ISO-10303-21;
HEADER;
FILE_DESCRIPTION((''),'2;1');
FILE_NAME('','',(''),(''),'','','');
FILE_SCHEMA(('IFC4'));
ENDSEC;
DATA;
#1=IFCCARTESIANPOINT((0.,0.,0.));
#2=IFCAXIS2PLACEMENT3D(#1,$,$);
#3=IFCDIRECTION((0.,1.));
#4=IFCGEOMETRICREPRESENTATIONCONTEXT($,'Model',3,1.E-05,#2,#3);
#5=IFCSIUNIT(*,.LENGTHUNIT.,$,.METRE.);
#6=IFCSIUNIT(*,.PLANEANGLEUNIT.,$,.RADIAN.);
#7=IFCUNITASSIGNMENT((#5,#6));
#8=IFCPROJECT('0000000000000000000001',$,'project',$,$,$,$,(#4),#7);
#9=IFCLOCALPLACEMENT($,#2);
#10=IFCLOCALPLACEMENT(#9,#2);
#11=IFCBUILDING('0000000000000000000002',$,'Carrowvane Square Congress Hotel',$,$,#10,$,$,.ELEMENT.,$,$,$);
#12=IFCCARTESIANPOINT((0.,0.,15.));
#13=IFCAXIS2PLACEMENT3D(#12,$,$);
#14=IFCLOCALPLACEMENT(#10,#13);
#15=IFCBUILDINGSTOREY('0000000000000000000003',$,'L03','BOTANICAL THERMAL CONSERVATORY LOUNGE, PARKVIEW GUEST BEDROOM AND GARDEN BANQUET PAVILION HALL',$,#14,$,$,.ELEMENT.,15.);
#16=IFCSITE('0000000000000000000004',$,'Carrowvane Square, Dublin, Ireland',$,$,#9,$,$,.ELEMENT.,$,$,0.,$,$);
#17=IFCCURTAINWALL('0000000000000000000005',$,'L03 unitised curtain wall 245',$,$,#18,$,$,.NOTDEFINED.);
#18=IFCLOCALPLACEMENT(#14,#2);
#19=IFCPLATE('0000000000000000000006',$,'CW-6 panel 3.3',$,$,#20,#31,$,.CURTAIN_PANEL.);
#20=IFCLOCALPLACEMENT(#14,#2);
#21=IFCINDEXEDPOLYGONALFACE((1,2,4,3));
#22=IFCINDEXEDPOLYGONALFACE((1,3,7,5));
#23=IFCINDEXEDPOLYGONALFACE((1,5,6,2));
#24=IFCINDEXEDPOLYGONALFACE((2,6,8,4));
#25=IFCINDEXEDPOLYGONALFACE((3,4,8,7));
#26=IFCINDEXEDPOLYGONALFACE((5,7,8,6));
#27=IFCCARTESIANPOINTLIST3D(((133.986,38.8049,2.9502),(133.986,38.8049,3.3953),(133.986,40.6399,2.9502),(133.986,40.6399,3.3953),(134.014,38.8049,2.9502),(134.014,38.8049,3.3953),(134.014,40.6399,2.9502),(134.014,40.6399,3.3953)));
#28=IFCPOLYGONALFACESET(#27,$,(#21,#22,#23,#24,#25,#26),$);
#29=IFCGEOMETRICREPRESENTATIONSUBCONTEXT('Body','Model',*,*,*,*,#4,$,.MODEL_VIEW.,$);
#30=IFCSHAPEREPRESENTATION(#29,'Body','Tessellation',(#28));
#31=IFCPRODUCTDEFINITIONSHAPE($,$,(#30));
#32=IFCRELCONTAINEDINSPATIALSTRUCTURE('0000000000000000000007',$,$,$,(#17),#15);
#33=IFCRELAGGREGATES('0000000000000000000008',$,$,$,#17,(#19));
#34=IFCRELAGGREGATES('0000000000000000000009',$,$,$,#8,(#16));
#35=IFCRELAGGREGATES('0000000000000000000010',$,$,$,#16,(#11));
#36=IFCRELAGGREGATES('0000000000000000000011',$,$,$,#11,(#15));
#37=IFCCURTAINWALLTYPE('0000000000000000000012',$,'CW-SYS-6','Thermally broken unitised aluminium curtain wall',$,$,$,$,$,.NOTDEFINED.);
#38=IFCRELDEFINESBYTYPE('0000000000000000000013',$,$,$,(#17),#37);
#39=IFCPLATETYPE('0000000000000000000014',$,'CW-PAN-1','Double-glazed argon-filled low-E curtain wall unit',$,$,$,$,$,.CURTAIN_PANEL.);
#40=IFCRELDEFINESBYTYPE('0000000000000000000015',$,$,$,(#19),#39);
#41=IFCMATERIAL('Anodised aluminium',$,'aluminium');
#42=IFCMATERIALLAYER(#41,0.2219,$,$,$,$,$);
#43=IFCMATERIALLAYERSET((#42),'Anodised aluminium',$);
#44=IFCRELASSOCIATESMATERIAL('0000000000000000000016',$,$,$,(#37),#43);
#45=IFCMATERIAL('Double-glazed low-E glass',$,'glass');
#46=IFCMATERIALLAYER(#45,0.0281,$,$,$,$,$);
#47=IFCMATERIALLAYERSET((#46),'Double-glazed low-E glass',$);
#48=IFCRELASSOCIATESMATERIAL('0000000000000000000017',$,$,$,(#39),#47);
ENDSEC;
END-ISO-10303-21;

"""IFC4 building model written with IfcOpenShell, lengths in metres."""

from ifc_helpers import new_model, si_unit, direction, frame, origin, origin_2d, place, context, subcontext, project, spatial, rectangle, extrude, material, layer, layer_set, type_object, element, aggregate, save


model = new_model("IFC4")

# Units and contexts
model_context = context("Model", 3, precision=1e-05, world=origin(), true_north=direction((0.0, 1.0)))
body_context = subcontext(model_context, "Body", "Model", "MODEL_VIEW")
ifc_project = project(units=[si_unit("LENGTHUNIT", "METRE"), si_unit("PLANEANGLEUNIT", "RADIAN")], contexts=[model_context])

# Site, building, storey
site_placement = place(None, origin())
site = spatial("IfcSite", under=ifc_project, at=site_placement, Name="Carrowvane Square, Dublin, Ireland", CompositionType="ELEMENT", RefElevation=0.0)
building_placement = place(site_placement, origin())
building = spatial("IfcBuilding", under=site, at=building_placement, Name="Carrowvane Square Congress Hotel", CompositionType="ELEMENT")
storey_placement = place(building_placement, frame((0.0, 0.0, 15.0)))
storey = spatial("IfcBuildingStorey", under=building, at=storey_placement, Name="L03", Description="BOTANICAL THERMAL CONSERVATORY LOUNGE, PARKVIEW GUEST BEDROOM AND GARDEN BANQUET PAVILION HALL", CompositionType="ELEMENT", Elevation=15.0)

# Curtain wall, plate
ifc_material_1 = material(Name="Anodised aluminium", Category="aluminium")
ifc_layer_1 = layer(ifc_material_1, 0.2219)
ifc_layer_set_1 = layer_set([ifc_layer_1], Name="Anodised aluminium")
curtain_wall_type = type_object("IfcCurtainWallType", Name="CW-SYS-6", Description="Thermally broken unitised aluminium curtain wall", PredefinedType="NOTDEFINED", material=ifc_layer_set_1)
curtain_wall_placement = place(storey_placement, origin())
curtain_wall = element("IfcCurtainWall", 1, at=curtain_wall_placement, inside=storey, type_object=curtain_wall_type, Name="L03 unitised curtain wall 245", PredefinedType="NOTDEFINED")
ifc_material_2 = material(Name="Double-glazed low-E glass", Category="glass")
ifc_layer_2 = layer(ifc_material_2, 0.0281)
ifc_layer_set_2 = layer_set([ifc_layer_2], Name="Double-glazed low-E glass")
plate_type = type_object("IfcPlateType", Name="CW-PAN-1", Description="Double-glazed argon-filled low-E curtain wall unit", PredefinedType="CURTAIN_PANEL", material=ifc_layer_set_2)
plate_1_placement = place(storey_placement, frame((134.0, 39.7224, 2.9502), z_axis=(0.0, 0.0, 1.0), x_axis=(0.0, 1.0, 0.0)))
plate_1 = element("IfcPlate", 2, at=plate_1_placement, type_object=plate_type, Name="CW-6 panel 3.3", PredefinedType="CURTAIN_PANEL", context=body_context, shape_type="SweptSolid", body=[
    extrude(rectangle(XDim=1.835, YDim=0.0281, at=origin_2d()), origin(), (0.0, 0.0, 1.0), 0.4451),
])
aggregate(curtain_wall, [plate_1])

save(model, "model.ifc")
